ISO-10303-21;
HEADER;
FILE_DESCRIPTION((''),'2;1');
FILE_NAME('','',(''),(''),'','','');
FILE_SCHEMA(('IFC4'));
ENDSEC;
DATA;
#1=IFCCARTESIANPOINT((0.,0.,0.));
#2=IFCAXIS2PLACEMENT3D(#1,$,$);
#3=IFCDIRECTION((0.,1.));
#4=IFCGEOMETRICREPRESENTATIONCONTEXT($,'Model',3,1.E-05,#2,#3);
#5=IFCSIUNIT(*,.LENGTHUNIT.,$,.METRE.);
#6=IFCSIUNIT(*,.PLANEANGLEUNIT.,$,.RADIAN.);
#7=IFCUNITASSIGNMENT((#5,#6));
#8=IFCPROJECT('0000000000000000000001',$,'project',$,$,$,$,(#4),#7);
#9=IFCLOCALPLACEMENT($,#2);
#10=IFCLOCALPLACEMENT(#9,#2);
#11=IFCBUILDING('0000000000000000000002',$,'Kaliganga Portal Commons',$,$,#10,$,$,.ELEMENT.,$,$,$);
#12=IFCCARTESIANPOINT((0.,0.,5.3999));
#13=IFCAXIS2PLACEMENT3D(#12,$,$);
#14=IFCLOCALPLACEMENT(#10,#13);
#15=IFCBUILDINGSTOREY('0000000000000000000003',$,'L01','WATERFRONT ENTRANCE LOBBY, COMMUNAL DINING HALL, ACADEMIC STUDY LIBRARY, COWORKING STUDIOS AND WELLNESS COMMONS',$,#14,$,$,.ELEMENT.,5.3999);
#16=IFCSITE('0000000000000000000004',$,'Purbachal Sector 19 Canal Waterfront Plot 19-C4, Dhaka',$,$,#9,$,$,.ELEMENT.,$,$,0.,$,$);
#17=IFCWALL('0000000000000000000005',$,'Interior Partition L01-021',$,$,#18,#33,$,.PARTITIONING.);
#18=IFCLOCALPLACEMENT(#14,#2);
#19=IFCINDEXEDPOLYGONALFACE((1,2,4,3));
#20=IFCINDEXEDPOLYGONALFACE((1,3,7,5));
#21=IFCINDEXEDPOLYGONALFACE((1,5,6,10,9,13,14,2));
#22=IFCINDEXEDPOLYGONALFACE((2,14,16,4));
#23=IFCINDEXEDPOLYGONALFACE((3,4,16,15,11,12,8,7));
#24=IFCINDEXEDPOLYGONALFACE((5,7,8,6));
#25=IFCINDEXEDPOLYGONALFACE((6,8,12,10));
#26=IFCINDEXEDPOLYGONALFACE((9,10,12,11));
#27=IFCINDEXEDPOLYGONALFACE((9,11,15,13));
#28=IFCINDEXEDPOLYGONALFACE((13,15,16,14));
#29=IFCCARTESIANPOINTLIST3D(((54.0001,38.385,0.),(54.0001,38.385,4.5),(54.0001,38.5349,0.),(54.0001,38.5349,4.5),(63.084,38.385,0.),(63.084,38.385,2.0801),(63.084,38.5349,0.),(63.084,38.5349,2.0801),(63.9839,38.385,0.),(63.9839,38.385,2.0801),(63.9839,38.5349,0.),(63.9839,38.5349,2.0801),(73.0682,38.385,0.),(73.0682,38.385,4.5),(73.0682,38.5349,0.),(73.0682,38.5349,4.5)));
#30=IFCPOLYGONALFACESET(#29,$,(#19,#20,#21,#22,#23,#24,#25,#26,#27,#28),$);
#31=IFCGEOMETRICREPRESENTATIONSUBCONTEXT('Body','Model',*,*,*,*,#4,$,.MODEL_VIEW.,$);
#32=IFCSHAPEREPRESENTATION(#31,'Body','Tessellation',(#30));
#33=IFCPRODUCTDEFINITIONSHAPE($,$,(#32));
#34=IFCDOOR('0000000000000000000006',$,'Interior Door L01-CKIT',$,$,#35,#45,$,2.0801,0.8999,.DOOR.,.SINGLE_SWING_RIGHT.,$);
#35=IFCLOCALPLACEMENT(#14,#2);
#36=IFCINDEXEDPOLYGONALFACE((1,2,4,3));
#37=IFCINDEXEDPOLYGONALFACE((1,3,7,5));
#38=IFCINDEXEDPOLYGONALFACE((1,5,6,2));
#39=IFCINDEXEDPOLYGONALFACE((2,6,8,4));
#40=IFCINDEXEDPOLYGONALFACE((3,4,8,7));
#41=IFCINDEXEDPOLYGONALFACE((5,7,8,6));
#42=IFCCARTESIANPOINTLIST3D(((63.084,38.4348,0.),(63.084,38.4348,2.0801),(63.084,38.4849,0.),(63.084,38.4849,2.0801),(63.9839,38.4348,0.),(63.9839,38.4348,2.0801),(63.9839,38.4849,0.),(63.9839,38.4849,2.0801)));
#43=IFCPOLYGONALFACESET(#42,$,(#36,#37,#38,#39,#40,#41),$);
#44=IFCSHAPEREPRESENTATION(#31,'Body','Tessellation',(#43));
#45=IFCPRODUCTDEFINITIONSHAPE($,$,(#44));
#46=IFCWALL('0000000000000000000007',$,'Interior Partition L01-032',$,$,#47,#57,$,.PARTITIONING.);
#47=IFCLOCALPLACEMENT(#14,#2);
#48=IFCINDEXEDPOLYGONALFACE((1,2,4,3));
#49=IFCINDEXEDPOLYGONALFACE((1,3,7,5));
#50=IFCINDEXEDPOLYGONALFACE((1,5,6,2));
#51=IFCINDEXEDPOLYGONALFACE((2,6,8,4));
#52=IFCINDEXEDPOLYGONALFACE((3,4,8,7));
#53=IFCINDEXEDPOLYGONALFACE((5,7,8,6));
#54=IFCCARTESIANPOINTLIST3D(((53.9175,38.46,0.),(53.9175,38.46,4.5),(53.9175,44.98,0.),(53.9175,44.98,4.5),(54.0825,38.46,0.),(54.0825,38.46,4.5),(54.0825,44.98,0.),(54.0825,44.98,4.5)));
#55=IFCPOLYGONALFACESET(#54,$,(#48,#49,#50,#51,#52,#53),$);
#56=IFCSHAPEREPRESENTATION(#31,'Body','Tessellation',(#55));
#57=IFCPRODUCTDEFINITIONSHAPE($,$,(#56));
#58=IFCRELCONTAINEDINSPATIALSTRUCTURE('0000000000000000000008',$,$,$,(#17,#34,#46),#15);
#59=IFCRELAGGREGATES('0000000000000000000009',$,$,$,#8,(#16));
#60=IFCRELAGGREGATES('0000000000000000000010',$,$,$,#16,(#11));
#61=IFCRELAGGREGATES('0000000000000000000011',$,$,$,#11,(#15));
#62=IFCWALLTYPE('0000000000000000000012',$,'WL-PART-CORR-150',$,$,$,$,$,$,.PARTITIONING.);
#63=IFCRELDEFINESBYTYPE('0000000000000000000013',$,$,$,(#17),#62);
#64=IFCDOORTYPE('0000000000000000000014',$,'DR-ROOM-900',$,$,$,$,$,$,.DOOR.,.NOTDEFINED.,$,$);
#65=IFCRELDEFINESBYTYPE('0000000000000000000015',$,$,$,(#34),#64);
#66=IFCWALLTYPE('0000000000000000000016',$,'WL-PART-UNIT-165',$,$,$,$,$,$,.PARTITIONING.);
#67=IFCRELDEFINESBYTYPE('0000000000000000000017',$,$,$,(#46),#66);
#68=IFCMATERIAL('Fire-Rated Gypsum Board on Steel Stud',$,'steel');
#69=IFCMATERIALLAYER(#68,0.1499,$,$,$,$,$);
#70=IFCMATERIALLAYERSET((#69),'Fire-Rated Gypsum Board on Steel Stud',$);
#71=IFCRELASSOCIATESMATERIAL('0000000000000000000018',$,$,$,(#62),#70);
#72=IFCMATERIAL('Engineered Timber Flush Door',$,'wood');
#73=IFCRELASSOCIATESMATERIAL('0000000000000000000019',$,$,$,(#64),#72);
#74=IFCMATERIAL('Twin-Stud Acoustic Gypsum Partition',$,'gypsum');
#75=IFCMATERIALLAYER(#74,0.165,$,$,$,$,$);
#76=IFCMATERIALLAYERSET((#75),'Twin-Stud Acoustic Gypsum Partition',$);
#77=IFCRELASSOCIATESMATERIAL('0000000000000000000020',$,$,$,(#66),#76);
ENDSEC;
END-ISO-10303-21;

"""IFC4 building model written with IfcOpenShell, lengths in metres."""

from ifc_helpers import new_model, si_unit, direction, frame, frame_2d, origin, place, context, subcontext, project, spatial, rectangle, extrude, material, layer, layer_set, type_object, element, fill, save


model = new_model("IFC4")

# Units and contexts
model_context = context("Model", 3, precision=1e-05, world=origin(), true_north=direction((0.0, 1.0)))
body_context = subcontext(model_context, "Body", "Model", "MODEL_VIEW")
ifc_project = project(units=[si_unit("LENGTHUNIT", "METRE"), si_unit("PLANEANGLEUNIT", "RADIAN")], contexts=[model_context])

# Site, building, storey
site_placement = place(None, origin())
site = spatial("IfcSite", under=ifc_project, at=site_placement, Name="Purbachal Sector 19 Canal Waterfront Plot 19-C4, Dhaka", CompositionType="ELEMENT", RefElevation=0.0)
building_placement = place(site_placement, origin())
building = spatial("IfcBuilding", under=site, at=building_placement, Name="Kaliganga Portal Commons", CompositionType="ELEMENT")
storey_placement = place(building_placement, frame((0.0, 0.0, 5.3999)))
storey = spatial("IfcBuildingStorey", under=building, at=storey_placement, Name="L01", Description="WATERFRONT ENTRANCE LOBBY, COMMUNAL DINING HALL, ACADEMIC STUDY LIBRARY, COWORKING STUDIOS AND WELLNESS COMMONS", CompositionType="ELEMENT", Elevation=5.3999)

# Shared definitions
ifc_material_1 = material(Name="Fire-Rated Gypsum Board on Steel Stud", Category="steel")
ifc_layer_1 = layer(ifc_material_1, 0.1499)
ifc_layer_set_1 = layer_set([ifc_layer_1], Name="Fire-Rated Gypsum Board on Steel Stud")
wall_type_1 = type_object("IfcWallType", Name="WL-PART-CORR-150", PredefinedType="PARTITIONING", material=ifc_layer_set_1)

# Wall, opening, door
wall_1_placement = place(storey_placement, frame((54.0, 38.46, 0.0), z_axis=(0.0, 0.0, 1.0), x_axis=(1.0, 0.0, 0.0)))
wall_1 = element("IfcWall", 1, at=wall_1_placement, inside=storey, type_object=wall_type_1, Name="Interior Partition L01-021", PredefinedType="PARTITIONING", context=body_context, shape_type="SweptSolid", body=[
    extrude(rectangle(XDim=19.0681, YDim=0.1499, at=frame_2d((9.5342, 0.0))), origin(), (0.0, 0.0, 1.0), 4.5),
])
opening_placement = place(wall_1_placement, frame((9.084, 0.0, 0.0)))
opening = element("IfcOpeningElement", 2, at=opening_placement, cuts=wall_1, PredefinedType="OPENING", context=body_context, shape_type="SweptSolid", body=[
    extrude(rectangle(XDim=0.8999, YDim=2.0801, at=frame_2d((0.45, 1.04))), frame((0.0, 0.085, 0.0), z_axis=(0.0, -1.0, 0.0), x_axis=(1.0, 0.0, 0.0)), (0.0, 0.0, 1.0), 0.1699),
])
ifc_material_2 = material(Name="Engineered Timber Flush Door", Category="wood")
door_type = type_object("IfcDoorType", Name="DR-ROOM-900", OperationType="NOTDEFINED", PredefinedType="DOOR", material=ifc_material_2)
door_placement = place(opening_placement, origin())
door = element("IfcDoor", 3, at=door_placement, inside=storey, type_object=door_type, Name="Interior Door L01-CKIT", OperationType="SINGLE_SWING_RIGHT", OverallHeight=2.0801, OverallWidth=0.8999, PredefinedType="DOOR", context=body_context, shape_type="SweptSolid", body=[
    extrude(rectangle(XDim=0.8999, YDim=2.0801, at=frame_2d((0.45, 1.04))), frame((0.0, 0.0249, 0.0), z_axis=(0.0, -1.0, 0.0), x_axis=(1.0, 0.0, 0.0)), (0.0, 0.0, 1.0), 0.05),
])
fill(opening, door)

# Wall
ifc_material_3 = material(Name="Twin-Stud Acoustic Gypsum Partition", Category="gypsum")
ifc_layer_2 = layer(ifc_material_3, 0.165)
ifc_layer_set_2 = layer_set([ifc_layer_2], Name="Twin-Stud Acoustic Gypsum Partition")
wall_type_2 = type_object("IfcWallType", Name="WL-PART-UNIT-165", PredefinedType="PARTITIONING", material=ifc_layer_set_2)
wall_2_placement = place(storey_placement, frame((54.0, 38.46, 0.0), z_axis=(0.0, 0.0, 1.0), x_axis=(0.0, 1.0, 0.0)))
element("IfcWall", 4, at=wall_2_placement, inside=storey, type_object=wall_type_2, Name="Interior Partition L01-032", PredefinedType="PARTITIONING", context=body_context, shape_type="SweptSolid", body=[
    extrude(rectangle(XDim=6.52, YDim=0.165, at=frame_2d((3.26, 0.0))), origin(), (0.0, 0.0, 1.0), 4.5),
])

save(model, "model.ifc")
